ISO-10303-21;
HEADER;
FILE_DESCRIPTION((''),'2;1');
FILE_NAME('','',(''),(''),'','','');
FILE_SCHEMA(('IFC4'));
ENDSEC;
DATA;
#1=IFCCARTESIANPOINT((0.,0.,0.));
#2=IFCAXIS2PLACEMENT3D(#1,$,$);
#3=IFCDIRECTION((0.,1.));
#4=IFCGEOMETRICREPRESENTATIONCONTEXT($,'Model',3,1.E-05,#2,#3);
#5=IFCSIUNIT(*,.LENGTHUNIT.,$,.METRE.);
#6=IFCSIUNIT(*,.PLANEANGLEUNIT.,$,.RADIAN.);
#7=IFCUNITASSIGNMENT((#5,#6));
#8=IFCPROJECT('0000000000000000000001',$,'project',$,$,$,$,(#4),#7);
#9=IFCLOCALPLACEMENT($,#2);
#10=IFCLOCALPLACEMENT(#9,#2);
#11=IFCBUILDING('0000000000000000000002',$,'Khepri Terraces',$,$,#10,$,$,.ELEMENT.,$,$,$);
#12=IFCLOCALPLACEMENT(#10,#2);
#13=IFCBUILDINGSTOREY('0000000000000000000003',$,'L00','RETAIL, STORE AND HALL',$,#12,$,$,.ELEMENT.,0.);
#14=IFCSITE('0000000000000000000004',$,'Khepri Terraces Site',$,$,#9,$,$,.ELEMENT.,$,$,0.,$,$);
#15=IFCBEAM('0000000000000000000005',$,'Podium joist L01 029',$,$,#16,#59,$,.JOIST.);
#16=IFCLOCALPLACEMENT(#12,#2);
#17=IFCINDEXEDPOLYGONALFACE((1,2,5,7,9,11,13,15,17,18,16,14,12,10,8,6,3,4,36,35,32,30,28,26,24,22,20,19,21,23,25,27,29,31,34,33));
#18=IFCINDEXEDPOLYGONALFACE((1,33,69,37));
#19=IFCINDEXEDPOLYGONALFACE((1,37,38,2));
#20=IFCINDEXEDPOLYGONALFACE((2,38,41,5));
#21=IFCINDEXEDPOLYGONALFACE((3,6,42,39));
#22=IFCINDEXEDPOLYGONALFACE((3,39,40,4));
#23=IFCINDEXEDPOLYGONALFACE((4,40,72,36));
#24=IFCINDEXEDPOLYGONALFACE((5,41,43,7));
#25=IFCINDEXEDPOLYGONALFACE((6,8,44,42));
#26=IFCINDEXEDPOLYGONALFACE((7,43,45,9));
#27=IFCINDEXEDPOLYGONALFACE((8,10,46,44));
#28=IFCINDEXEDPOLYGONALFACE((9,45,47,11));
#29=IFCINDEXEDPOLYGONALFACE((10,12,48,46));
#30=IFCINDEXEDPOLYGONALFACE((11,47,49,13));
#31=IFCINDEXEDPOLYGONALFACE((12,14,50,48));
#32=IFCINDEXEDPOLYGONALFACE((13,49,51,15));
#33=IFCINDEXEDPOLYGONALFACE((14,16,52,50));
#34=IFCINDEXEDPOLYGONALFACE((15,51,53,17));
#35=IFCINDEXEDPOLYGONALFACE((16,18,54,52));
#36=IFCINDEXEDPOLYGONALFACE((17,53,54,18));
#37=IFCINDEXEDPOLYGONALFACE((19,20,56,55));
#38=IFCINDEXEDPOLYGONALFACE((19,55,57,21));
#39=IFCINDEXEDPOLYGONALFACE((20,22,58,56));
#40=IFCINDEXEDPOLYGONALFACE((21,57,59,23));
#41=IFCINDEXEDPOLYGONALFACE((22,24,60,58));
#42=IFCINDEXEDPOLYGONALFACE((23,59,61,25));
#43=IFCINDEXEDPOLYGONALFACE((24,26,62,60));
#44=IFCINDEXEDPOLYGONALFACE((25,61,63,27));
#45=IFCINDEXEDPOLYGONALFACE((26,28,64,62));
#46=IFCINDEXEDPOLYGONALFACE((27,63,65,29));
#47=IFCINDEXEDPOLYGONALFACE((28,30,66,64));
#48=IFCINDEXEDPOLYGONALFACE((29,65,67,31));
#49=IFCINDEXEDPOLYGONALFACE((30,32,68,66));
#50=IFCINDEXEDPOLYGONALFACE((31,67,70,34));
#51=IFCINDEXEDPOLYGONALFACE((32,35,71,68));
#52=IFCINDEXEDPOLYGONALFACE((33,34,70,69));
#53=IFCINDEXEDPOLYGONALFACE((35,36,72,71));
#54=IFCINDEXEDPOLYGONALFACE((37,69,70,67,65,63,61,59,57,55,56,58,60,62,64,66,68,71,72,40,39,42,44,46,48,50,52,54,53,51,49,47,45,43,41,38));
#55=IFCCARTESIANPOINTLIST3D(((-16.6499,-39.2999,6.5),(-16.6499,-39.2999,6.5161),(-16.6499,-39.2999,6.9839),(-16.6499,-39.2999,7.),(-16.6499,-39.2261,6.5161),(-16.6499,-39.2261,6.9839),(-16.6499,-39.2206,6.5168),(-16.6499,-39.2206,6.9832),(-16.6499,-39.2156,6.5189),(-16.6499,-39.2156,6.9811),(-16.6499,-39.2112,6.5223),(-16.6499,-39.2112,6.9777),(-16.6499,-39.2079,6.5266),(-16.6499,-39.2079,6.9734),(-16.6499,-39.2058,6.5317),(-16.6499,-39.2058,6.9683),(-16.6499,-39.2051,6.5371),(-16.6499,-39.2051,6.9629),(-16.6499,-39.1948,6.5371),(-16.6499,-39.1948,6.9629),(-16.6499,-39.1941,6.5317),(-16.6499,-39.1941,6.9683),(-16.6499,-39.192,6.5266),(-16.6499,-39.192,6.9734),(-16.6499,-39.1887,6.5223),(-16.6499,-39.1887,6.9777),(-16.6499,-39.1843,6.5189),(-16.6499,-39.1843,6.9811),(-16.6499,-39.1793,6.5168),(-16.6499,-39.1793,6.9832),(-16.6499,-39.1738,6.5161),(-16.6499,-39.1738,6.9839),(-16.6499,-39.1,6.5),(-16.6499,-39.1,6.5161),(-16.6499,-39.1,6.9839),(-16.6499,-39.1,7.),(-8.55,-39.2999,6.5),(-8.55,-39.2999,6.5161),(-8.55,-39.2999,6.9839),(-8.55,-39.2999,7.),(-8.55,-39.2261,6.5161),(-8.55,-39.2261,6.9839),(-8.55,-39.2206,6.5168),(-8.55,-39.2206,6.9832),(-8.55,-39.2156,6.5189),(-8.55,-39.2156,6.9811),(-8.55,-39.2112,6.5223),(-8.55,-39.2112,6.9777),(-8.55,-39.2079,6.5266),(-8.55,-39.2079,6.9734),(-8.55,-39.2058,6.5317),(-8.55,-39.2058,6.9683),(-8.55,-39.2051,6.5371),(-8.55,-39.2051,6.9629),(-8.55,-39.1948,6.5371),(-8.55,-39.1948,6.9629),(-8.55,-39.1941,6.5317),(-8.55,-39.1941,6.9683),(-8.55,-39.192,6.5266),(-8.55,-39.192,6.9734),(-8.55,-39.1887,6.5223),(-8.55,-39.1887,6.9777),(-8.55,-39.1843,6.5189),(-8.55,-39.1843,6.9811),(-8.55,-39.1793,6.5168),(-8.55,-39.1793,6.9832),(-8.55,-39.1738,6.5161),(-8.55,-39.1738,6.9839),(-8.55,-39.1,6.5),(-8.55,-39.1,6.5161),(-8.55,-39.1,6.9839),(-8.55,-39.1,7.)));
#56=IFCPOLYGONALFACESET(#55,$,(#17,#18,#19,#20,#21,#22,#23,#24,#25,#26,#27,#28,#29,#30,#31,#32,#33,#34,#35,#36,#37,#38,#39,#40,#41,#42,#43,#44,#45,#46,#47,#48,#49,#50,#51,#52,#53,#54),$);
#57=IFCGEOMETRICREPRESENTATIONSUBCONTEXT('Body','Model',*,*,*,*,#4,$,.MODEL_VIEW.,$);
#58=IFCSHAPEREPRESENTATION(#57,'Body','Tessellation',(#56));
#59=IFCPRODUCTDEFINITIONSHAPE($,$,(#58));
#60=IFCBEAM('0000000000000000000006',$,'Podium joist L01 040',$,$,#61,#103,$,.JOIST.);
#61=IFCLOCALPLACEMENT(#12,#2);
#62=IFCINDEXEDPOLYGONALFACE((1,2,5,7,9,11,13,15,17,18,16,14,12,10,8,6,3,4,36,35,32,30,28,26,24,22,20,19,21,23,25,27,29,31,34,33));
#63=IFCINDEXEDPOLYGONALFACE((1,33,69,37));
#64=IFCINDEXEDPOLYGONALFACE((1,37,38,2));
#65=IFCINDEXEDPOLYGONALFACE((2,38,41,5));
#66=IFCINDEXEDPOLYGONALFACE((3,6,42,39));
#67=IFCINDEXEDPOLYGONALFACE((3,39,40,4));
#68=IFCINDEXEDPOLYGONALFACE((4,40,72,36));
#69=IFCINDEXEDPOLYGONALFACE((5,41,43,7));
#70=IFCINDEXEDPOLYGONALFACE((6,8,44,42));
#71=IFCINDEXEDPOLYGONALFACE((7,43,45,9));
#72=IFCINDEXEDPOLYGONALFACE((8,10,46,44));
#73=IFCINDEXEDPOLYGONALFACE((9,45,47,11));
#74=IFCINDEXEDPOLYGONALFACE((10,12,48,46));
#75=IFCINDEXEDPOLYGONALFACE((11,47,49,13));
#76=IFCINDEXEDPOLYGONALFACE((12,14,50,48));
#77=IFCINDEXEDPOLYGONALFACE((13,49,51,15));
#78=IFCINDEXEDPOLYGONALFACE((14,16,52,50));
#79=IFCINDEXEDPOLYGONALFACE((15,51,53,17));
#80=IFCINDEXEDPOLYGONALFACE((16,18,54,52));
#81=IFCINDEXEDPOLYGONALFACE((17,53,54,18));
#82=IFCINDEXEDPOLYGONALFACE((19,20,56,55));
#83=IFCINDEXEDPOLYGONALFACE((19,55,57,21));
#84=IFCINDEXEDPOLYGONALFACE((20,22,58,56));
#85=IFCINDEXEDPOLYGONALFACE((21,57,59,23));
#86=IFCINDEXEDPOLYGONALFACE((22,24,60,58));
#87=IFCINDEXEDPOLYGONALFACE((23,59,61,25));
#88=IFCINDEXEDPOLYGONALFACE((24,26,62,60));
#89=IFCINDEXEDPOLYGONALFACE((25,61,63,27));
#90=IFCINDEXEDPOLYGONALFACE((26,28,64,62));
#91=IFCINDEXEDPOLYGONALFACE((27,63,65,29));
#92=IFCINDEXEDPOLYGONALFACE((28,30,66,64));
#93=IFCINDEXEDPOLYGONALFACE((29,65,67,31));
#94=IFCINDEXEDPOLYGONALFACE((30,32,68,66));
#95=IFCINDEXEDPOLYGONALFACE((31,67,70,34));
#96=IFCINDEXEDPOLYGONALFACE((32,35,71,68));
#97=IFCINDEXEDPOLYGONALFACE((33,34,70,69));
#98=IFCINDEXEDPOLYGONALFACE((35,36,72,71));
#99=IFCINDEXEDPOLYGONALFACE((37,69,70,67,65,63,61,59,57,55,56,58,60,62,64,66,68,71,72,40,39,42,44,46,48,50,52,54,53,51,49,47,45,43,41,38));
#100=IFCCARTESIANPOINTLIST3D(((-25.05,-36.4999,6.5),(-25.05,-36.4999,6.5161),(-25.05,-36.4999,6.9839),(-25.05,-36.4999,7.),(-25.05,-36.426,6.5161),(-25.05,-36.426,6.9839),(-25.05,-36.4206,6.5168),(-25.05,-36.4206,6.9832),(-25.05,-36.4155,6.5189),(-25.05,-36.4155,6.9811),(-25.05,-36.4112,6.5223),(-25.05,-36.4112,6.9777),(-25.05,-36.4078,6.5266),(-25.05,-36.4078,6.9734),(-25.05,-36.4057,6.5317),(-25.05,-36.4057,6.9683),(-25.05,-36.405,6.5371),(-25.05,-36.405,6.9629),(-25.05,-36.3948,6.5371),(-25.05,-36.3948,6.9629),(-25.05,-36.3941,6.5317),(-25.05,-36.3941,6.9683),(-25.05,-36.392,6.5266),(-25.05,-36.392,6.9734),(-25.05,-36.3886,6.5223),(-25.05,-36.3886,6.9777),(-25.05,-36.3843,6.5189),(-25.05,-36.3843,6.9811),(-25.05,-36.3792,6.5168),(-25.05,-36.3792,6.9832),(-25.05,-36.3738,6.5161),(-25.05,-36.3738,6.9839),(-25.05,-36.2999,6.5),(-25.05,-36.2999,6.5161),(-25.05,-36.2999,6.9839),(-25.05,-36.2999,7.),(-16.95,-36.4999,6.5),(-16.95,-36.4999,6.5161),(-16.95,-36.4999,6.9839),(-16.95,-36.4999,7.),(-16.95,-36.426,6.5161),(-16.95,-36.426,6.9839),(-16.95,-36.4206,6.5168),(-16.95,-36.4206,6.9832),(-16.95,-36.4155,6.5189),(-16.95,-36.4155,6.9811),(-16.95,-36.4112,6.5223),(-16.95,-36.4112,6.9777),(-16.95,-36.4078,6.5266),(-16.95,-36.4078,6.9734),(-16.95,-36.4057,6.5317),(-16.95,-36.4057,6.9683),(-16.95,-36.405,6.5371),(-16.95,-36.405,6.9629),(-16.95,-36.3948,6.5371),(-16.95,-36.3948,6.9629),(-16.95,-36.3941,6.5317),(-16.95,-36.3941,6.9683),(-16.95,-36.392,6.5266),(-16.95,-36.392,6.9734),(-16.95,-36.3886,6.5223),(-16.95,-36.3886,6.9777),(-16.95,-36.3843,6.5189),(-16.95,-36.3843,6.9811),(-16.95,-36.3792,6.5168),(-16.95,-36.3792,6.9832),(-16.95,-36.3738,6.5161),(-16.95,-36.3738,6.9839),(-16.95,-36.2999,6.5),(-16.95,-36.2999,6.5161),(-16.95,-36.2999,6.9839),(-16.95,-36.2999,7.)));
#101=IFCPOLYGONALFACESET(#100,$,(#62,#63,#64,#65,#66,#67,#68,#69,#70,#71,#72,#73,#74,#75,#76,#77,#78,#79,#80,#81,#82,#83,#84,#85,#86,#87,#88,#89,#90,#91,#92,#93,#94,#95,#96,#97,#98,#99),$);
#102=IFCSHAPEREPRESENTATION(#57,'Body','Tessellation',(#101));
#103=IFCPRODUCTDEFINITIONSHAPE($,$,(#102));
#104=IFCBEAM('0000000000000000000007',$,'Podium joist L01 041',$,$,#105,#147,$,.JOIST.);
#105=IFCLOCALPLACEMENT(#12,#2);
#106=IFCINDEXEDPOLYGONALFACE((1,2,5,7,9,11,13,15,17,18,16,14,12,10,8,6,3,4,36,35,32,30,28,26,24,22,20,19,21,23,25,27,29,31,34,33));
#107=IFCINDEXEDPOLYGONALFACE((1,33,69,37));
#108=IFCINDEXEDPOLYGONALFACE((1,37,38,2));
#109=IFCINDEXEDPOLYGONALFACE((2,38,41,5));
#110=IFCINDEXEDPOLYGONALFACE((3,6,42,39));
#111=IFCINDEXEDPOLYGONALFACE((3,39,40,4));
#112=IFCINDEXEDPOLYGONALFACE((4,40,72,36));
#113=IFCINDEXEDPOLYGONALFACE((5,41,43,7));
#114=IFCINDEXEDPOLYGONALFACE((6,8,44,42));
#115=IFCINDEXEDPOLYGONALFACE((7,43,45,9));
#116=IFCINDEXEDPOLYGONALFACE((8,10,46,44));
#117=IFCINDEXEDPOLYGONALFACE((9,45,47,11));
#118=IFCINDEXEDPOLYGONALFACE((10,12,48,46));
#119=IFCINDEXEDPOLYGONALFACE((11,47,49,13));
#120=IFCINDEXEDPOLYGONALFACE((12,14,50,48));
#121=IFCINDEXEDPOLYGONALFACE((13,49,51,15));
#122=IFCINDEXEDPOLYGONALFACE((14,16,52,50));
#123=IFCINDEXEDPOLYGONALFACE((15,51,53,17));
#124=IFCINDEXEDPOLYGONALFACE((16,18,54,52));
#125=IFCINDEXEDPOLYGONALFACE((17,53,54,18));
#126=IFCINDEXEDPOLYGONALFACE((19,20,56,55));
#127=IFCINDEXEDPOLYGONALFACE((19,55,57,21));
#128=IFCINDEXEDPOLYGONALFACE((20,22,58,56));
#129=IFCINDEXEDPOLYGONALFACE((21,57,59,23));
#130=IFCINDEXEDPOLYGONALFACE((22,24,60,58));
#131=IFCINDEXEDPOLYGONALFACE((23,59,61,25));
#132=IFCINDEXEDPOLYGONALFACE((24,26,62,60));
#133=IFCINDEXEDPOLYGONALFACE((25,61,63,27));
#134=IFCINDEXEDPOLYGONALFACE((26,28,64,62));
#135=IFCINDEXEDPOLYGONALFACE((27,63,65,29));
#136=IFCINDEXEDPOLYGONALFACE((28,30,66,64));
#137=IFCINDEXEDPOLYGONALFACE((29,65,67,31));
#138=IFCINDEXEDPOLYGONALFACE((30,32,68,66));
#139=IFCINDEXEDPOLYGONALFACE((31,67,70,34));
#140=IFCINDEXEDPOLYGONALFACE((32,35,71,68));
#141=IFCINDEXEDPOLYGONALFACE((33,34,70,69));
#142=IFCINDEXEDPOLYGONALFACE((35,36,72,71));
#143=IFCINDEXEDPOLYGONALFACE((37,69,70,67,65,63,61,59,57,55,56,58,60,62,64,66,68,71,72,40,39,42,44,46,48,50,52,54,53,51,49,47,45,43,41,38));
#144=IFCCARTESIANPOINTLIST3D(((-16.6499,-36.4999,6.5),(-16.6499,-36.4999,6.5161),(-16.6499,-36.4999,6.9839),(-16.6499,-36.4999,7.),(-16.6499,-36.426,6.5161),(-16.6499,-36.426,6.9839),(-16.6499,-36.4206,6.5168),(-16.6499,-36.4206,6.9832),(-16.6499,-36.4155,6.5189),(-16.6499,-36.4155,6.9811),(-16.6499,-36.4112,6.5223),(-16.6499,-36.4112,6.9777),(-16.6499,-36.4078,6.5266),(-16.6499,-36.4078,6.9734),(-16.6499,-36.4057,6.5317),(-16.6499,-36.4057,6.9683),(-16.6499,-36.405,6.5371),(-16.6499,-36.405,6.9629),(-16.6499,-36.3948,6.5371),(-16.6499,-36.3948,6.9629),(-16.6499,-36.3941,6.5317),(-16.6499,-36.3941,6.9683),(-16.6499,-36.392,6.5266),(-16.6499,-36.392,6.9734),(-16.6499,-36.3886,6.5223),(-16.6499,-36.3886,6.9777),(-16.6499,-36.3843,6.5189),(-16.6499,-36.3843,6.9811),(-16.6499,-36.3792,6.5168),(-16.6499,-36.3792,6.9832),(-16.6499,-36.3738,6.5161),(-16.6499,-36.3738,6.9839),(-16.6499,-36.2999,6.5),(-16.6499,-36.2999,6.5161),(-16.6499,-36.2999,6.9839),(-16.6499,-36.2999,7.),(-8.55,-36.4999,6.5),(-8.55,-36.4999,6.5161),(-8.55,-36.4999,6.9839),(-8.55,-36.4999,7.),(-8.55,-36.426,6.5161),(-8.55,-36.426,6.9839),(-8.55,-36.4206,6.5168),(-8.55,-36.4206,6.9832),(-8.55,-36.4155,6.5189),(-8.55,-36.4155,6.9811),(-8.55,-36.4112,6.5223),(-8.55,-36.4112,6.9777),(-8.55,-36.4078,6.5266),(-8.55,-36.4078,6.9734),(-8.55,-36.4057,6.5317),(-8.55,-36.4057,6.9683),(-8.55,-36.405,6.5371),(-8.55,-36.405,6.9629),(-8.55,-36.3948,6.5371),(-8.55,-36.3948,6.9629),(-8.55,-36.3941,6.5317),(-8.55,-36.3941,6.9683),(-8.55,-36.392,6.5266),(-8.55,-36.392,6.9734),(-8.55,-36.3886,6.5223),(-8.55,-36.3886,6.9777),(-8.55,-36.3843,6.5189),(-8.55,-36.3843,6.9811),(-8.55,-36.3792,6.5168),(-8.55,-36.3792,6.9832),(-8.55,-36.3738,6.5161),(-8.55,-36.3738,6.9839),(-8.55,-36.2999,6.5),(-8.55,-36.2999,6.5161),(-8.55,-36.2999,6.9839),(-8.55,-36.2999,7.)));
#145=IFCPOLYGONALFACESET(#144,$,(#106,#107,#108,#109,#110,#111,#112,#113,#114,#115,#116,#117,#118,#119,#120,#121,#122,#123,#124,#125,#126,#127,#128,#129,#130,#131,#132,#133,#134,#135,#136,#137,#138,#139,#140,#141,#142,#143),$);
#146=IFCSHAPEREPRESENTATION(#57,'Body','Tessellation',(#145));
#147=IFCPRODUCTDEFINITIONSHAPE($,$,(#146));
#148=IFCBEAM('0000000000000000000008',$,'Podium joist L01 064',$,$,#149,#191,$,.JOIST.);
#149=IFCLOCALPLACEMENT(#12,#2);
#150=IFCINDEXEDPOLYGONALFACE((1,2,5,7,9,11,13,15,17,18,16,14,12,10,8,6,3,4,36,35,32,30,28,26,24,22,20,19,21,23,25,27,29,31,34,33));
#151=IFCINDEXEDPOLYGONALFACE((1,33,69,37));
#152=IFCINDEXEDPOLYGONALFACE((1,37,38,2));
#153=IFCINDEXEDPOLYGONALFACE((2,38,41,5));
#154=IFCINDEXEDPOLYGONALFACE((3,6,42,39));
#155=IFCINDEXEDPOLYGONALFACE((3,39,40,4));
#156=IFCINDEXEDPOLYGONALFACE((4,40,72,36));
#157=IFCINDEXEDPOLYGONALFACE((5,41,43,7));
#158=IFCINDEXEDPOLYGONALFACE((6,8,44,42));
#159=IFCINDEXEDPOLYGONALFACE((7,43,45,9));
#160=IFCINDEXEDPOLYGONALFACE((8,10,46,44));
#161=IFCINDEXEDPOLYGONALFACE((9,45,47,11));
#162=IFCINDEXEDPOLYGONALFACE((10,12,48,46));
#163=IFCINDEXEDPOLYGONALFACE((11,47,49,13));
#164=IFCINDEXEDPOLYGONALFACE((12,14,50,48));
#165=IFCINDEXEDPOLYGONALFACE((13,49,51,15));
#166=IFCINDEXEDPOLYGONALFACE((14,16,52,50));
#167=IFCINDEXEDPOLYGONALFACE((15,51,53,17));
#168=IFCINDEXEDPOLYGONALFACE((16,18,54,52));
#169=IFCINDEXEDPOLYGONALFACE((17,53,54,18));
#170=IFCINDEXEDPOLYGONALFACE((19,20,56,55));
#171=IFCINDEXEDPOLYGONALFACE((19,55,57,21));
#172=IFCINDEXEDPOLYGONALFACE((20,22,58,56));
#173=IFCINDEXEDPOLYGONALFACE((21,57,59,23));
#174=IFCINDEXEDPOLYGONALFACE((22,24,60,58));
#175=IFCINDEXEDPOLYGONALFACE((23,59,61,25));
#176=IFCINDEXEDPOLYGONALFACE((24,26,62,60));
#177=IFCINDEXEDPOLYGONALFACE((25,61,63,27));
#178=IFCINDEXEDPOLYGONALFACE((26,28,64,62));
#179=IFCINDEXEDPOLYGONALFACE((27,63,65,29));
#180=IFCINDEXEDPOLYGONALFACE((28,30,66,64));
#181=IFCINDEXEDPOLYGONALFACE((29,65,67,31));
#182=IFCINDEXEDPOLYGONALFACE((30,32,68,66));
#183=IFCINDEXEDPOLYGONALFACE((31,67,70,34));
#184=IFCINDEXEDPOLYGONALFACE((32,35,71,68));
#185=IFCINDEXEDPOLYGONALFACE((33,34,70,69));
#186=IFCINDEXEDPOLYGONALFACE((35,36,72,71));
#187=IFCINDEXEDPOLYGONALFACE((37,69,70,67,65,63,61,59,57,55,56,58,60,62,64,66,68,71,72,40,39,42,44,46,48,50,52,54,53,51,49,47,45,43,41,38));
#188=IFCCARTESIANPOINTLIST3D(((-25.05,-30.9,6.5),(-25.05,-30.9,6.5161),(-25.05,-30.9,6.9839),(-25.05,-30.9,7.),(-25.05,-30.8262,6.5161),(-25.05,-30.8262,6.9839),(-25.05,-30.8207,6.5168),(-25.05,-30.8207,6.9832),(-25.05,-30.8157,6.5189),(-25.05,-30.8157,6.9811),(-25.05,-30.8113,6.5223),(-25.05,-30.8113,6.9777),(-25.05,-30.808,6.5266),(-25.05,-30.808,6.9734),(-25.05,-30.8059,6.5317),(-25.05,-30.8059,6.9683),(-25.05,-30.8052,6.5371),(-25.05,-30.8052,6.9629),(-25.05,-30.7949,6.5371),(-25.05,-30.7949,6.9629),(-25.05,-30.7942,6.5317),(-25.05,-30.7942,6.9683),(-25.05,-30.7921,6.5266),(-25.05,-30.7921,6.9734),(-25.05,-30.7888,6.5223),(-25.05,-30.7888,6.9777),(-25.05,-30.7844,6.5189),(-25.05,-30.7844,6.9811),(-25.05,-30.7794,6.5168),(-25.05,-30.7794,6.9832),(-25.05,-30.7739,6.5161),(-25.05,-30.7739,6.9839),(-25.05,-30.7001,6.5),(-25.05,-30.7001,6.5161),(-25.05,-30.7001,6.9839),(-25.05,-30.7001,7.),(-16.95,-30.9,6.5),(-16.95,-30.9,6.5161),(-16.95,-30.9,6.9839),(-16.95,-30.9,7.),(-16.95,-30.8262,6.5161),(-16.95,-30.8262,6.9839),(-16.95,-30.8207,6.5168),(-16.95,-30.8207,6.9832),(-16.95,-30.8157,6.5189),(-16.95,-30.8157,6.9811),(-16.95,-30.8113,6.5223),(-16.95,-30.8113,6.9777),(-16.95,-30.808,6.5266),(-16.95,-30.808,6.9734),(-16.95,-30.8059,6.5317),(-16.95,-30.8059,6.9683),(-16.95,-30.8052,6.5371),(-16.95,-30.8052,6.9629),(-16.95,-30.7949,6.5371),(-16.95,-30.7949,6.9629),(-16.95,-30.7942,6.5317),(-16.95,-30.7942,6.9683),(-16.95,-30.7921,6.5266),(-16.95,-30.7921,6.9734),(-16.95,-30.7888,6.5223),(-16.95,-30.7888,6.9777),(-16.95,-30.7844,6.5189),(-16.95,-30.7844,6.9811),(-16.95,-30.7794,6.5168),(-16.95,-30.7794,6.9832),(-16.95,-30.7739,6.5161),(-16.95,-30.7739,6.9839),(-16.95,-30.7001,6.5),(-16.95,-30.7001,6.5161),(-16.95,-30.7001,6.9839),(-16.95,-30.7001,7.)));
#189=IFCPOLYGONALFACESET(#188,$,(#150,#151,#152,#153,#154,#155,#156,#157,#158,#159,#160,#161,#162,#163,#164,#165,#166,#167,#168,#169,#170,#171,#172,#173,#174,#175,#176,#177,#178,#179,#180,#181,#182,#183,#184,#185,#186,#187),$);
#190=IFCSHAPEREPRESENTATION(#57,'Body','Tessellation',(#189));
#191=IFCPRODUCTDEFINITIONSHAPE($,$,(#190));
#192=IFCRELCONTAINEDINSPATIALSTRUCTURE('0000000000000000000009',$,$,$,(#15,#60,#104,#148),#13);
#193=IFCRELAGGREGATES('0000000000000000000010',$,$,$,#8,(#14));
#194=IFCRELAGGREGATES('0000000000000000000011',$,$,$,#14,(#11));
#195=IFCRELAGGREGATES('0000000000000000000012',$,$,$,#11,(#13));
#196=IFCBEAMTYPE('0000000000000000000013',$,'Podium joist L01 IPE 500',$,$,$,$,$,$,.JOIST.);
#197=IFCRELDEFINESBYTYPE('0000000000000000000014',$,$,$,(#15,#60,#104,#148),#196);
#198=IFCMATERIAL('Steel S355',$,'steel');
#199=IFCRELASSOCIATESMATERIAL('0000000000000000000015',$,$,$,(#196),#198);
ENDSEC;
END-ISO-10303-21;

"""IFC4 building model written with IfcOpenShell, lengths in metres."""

from ifc_helpers import new_model, si_unit, direction, frame, origin, origin_2d, place, context, subcontext, project, spatial, i_section, extrude, material, material_profile, profile_set, type_object, element, save


model = new_model("IFC4")

# Units and contexts
model_context = context("Model", 3, precision=1e-05, world=origin(), true_north=direction((0.0, 1.0)))
body_context = subcontext(model_context, "Body", "Model", "MODEL_VIEW")
ifc_project = project(units=[si_unit("LENGTHUNIT", "METRE"), si_unit("PLANEANGLEUNIT", "RADIAN")], contexts=[model_context])

# Site, building, storey
site_placement = place(None, origin())
site = spatial("IfcSite", under=ifc_project, at=site_placement, Name="Khepri Terraces Site", CompositionType="ELEMENT", RefElevation=0.0)
building_placement = place(site_placement, origin())
building = spatial("IfcBuilding", under=site, at=building_placement, Name="Khepri Terraces", CompositionType="ELEMENT")
storey_placement = place(building_placement, origin())
storey = spatial("IfcBuildingStorey", under=building, at=storey_placement, Name="L00", Description="RETAIL, STORE AND HALL", CompositionType="ELEMENT", Elevation=0.0)

# Beams
ifc_material_1 = material(Name="Steel S355", Category="steel")
ifc_material_profile_1 = material_profile(ifc_material_1, i_section(OverallWidth=0.2, OverallDepth=0.5, WebThickness=0.0103, FlangeThickness=0.0161, FilletRadius=0.021, at=origin_2d()), Name="Steel S355", Category="steel")
ifc_profile_set_1 = profile_set([ifc_material_profile_1], Name="Steel S355")
beam_type_1 = type_object("IfcBeamType", Name="Podium joist L01 IPE 500", PredefinedType="JOIST", material=ifc_profile_set_1)
beam_1_placement = place(storey_placement, frame((-16.6499, -39.2, 6.75), z_axis=(1.0, 0.0, 0.0), x_axis=(0.0, 1.0, 0.0)))
element("IfcBeam", 1, at=beam_1_placement, inside=storey, type_object=beam_type_1, Name="Podium joist L01 029", PredefinedType="JOIST", context=body_context, shape_type="SweptSolid", body=[
    extrude(i_section(OverallWidth=0.2, OverallDepth=0.5, WebThickness=0.0103, FlangeThickness=0.0161, FilletRadius=0.021, at=origin_2d()), origin(), (0.0, 0.0, 1.0), 8.0999),
])
beam_2_placement = place(storey_placement, frame((-25.05, -36.3999, 6.75), z_axis=(1.0, 0.0, 0.0), x_axis=(0.0, 1.0, 0.0)))
element("IfcBeam", 2, at=beam_2_placement, inside=storey, type_object=beam_type_1, Name="Podium joist L01 040", PredefinedType="JOIST", context=body_context, shape_type="SweptSolid", body=[
    extrude(i_section(OverallWidth=0.2, OverallDepth=0.5, WebThickness=0.0103, FlangeThickness=0.0161, FilletRadius=0.021, at=origin_2d()), origin(), (0.0, 0.0, 1.0), 8.1001),
])
beam_3_placement = place(storey_placement, frame((-16.6499, -36.3999, 6.75), z_axis=(1.0, 0.0, 0.0), x_axis=(0.0, 1.0, 0.0)))
element("IfcBeam", 3, at=beam_3_placement, inside=storey, type_object=beam_type_1, Name="Podium joist L01 041", PredefinedType="JOIST", context=body_context, shape_type="SweptSolid", body=[
    extrude(i_section(OverallWidth=0.2, OverallDepth=0.5, WebThickness=0.0103, FlangeThickness=0.0161, FilletRadius=0.021, at=origin_2d()), origin(), (0.0, 0.0, 1.0), 8.0999),
])
beam_4_placement = place(storey_placement, frame((-25.05, -30.8, 6.75), z_axis=(1.0, 0.0, 0.0), x_axis=(0.0, 1.0, 0.0)))
element("IfcBeam", 4, at=beam_4_placement, inside=storey, type_object=beam_type_1, Name="Podium joist L01 064", PredefinedType="JOIST", context=body_context, shape_type="SweptSolid", body=[
    extrude(i_section(OverallWidth=0.2, OverallDepth=0.5, WebThickness=0.0103, FlangeThickness=0.0161, FilletRadius=0.021, at=origin_2d()), origin(), (0.0, 0.0, 1.0), 8.1001),
])

save(model, "model.ifc")
